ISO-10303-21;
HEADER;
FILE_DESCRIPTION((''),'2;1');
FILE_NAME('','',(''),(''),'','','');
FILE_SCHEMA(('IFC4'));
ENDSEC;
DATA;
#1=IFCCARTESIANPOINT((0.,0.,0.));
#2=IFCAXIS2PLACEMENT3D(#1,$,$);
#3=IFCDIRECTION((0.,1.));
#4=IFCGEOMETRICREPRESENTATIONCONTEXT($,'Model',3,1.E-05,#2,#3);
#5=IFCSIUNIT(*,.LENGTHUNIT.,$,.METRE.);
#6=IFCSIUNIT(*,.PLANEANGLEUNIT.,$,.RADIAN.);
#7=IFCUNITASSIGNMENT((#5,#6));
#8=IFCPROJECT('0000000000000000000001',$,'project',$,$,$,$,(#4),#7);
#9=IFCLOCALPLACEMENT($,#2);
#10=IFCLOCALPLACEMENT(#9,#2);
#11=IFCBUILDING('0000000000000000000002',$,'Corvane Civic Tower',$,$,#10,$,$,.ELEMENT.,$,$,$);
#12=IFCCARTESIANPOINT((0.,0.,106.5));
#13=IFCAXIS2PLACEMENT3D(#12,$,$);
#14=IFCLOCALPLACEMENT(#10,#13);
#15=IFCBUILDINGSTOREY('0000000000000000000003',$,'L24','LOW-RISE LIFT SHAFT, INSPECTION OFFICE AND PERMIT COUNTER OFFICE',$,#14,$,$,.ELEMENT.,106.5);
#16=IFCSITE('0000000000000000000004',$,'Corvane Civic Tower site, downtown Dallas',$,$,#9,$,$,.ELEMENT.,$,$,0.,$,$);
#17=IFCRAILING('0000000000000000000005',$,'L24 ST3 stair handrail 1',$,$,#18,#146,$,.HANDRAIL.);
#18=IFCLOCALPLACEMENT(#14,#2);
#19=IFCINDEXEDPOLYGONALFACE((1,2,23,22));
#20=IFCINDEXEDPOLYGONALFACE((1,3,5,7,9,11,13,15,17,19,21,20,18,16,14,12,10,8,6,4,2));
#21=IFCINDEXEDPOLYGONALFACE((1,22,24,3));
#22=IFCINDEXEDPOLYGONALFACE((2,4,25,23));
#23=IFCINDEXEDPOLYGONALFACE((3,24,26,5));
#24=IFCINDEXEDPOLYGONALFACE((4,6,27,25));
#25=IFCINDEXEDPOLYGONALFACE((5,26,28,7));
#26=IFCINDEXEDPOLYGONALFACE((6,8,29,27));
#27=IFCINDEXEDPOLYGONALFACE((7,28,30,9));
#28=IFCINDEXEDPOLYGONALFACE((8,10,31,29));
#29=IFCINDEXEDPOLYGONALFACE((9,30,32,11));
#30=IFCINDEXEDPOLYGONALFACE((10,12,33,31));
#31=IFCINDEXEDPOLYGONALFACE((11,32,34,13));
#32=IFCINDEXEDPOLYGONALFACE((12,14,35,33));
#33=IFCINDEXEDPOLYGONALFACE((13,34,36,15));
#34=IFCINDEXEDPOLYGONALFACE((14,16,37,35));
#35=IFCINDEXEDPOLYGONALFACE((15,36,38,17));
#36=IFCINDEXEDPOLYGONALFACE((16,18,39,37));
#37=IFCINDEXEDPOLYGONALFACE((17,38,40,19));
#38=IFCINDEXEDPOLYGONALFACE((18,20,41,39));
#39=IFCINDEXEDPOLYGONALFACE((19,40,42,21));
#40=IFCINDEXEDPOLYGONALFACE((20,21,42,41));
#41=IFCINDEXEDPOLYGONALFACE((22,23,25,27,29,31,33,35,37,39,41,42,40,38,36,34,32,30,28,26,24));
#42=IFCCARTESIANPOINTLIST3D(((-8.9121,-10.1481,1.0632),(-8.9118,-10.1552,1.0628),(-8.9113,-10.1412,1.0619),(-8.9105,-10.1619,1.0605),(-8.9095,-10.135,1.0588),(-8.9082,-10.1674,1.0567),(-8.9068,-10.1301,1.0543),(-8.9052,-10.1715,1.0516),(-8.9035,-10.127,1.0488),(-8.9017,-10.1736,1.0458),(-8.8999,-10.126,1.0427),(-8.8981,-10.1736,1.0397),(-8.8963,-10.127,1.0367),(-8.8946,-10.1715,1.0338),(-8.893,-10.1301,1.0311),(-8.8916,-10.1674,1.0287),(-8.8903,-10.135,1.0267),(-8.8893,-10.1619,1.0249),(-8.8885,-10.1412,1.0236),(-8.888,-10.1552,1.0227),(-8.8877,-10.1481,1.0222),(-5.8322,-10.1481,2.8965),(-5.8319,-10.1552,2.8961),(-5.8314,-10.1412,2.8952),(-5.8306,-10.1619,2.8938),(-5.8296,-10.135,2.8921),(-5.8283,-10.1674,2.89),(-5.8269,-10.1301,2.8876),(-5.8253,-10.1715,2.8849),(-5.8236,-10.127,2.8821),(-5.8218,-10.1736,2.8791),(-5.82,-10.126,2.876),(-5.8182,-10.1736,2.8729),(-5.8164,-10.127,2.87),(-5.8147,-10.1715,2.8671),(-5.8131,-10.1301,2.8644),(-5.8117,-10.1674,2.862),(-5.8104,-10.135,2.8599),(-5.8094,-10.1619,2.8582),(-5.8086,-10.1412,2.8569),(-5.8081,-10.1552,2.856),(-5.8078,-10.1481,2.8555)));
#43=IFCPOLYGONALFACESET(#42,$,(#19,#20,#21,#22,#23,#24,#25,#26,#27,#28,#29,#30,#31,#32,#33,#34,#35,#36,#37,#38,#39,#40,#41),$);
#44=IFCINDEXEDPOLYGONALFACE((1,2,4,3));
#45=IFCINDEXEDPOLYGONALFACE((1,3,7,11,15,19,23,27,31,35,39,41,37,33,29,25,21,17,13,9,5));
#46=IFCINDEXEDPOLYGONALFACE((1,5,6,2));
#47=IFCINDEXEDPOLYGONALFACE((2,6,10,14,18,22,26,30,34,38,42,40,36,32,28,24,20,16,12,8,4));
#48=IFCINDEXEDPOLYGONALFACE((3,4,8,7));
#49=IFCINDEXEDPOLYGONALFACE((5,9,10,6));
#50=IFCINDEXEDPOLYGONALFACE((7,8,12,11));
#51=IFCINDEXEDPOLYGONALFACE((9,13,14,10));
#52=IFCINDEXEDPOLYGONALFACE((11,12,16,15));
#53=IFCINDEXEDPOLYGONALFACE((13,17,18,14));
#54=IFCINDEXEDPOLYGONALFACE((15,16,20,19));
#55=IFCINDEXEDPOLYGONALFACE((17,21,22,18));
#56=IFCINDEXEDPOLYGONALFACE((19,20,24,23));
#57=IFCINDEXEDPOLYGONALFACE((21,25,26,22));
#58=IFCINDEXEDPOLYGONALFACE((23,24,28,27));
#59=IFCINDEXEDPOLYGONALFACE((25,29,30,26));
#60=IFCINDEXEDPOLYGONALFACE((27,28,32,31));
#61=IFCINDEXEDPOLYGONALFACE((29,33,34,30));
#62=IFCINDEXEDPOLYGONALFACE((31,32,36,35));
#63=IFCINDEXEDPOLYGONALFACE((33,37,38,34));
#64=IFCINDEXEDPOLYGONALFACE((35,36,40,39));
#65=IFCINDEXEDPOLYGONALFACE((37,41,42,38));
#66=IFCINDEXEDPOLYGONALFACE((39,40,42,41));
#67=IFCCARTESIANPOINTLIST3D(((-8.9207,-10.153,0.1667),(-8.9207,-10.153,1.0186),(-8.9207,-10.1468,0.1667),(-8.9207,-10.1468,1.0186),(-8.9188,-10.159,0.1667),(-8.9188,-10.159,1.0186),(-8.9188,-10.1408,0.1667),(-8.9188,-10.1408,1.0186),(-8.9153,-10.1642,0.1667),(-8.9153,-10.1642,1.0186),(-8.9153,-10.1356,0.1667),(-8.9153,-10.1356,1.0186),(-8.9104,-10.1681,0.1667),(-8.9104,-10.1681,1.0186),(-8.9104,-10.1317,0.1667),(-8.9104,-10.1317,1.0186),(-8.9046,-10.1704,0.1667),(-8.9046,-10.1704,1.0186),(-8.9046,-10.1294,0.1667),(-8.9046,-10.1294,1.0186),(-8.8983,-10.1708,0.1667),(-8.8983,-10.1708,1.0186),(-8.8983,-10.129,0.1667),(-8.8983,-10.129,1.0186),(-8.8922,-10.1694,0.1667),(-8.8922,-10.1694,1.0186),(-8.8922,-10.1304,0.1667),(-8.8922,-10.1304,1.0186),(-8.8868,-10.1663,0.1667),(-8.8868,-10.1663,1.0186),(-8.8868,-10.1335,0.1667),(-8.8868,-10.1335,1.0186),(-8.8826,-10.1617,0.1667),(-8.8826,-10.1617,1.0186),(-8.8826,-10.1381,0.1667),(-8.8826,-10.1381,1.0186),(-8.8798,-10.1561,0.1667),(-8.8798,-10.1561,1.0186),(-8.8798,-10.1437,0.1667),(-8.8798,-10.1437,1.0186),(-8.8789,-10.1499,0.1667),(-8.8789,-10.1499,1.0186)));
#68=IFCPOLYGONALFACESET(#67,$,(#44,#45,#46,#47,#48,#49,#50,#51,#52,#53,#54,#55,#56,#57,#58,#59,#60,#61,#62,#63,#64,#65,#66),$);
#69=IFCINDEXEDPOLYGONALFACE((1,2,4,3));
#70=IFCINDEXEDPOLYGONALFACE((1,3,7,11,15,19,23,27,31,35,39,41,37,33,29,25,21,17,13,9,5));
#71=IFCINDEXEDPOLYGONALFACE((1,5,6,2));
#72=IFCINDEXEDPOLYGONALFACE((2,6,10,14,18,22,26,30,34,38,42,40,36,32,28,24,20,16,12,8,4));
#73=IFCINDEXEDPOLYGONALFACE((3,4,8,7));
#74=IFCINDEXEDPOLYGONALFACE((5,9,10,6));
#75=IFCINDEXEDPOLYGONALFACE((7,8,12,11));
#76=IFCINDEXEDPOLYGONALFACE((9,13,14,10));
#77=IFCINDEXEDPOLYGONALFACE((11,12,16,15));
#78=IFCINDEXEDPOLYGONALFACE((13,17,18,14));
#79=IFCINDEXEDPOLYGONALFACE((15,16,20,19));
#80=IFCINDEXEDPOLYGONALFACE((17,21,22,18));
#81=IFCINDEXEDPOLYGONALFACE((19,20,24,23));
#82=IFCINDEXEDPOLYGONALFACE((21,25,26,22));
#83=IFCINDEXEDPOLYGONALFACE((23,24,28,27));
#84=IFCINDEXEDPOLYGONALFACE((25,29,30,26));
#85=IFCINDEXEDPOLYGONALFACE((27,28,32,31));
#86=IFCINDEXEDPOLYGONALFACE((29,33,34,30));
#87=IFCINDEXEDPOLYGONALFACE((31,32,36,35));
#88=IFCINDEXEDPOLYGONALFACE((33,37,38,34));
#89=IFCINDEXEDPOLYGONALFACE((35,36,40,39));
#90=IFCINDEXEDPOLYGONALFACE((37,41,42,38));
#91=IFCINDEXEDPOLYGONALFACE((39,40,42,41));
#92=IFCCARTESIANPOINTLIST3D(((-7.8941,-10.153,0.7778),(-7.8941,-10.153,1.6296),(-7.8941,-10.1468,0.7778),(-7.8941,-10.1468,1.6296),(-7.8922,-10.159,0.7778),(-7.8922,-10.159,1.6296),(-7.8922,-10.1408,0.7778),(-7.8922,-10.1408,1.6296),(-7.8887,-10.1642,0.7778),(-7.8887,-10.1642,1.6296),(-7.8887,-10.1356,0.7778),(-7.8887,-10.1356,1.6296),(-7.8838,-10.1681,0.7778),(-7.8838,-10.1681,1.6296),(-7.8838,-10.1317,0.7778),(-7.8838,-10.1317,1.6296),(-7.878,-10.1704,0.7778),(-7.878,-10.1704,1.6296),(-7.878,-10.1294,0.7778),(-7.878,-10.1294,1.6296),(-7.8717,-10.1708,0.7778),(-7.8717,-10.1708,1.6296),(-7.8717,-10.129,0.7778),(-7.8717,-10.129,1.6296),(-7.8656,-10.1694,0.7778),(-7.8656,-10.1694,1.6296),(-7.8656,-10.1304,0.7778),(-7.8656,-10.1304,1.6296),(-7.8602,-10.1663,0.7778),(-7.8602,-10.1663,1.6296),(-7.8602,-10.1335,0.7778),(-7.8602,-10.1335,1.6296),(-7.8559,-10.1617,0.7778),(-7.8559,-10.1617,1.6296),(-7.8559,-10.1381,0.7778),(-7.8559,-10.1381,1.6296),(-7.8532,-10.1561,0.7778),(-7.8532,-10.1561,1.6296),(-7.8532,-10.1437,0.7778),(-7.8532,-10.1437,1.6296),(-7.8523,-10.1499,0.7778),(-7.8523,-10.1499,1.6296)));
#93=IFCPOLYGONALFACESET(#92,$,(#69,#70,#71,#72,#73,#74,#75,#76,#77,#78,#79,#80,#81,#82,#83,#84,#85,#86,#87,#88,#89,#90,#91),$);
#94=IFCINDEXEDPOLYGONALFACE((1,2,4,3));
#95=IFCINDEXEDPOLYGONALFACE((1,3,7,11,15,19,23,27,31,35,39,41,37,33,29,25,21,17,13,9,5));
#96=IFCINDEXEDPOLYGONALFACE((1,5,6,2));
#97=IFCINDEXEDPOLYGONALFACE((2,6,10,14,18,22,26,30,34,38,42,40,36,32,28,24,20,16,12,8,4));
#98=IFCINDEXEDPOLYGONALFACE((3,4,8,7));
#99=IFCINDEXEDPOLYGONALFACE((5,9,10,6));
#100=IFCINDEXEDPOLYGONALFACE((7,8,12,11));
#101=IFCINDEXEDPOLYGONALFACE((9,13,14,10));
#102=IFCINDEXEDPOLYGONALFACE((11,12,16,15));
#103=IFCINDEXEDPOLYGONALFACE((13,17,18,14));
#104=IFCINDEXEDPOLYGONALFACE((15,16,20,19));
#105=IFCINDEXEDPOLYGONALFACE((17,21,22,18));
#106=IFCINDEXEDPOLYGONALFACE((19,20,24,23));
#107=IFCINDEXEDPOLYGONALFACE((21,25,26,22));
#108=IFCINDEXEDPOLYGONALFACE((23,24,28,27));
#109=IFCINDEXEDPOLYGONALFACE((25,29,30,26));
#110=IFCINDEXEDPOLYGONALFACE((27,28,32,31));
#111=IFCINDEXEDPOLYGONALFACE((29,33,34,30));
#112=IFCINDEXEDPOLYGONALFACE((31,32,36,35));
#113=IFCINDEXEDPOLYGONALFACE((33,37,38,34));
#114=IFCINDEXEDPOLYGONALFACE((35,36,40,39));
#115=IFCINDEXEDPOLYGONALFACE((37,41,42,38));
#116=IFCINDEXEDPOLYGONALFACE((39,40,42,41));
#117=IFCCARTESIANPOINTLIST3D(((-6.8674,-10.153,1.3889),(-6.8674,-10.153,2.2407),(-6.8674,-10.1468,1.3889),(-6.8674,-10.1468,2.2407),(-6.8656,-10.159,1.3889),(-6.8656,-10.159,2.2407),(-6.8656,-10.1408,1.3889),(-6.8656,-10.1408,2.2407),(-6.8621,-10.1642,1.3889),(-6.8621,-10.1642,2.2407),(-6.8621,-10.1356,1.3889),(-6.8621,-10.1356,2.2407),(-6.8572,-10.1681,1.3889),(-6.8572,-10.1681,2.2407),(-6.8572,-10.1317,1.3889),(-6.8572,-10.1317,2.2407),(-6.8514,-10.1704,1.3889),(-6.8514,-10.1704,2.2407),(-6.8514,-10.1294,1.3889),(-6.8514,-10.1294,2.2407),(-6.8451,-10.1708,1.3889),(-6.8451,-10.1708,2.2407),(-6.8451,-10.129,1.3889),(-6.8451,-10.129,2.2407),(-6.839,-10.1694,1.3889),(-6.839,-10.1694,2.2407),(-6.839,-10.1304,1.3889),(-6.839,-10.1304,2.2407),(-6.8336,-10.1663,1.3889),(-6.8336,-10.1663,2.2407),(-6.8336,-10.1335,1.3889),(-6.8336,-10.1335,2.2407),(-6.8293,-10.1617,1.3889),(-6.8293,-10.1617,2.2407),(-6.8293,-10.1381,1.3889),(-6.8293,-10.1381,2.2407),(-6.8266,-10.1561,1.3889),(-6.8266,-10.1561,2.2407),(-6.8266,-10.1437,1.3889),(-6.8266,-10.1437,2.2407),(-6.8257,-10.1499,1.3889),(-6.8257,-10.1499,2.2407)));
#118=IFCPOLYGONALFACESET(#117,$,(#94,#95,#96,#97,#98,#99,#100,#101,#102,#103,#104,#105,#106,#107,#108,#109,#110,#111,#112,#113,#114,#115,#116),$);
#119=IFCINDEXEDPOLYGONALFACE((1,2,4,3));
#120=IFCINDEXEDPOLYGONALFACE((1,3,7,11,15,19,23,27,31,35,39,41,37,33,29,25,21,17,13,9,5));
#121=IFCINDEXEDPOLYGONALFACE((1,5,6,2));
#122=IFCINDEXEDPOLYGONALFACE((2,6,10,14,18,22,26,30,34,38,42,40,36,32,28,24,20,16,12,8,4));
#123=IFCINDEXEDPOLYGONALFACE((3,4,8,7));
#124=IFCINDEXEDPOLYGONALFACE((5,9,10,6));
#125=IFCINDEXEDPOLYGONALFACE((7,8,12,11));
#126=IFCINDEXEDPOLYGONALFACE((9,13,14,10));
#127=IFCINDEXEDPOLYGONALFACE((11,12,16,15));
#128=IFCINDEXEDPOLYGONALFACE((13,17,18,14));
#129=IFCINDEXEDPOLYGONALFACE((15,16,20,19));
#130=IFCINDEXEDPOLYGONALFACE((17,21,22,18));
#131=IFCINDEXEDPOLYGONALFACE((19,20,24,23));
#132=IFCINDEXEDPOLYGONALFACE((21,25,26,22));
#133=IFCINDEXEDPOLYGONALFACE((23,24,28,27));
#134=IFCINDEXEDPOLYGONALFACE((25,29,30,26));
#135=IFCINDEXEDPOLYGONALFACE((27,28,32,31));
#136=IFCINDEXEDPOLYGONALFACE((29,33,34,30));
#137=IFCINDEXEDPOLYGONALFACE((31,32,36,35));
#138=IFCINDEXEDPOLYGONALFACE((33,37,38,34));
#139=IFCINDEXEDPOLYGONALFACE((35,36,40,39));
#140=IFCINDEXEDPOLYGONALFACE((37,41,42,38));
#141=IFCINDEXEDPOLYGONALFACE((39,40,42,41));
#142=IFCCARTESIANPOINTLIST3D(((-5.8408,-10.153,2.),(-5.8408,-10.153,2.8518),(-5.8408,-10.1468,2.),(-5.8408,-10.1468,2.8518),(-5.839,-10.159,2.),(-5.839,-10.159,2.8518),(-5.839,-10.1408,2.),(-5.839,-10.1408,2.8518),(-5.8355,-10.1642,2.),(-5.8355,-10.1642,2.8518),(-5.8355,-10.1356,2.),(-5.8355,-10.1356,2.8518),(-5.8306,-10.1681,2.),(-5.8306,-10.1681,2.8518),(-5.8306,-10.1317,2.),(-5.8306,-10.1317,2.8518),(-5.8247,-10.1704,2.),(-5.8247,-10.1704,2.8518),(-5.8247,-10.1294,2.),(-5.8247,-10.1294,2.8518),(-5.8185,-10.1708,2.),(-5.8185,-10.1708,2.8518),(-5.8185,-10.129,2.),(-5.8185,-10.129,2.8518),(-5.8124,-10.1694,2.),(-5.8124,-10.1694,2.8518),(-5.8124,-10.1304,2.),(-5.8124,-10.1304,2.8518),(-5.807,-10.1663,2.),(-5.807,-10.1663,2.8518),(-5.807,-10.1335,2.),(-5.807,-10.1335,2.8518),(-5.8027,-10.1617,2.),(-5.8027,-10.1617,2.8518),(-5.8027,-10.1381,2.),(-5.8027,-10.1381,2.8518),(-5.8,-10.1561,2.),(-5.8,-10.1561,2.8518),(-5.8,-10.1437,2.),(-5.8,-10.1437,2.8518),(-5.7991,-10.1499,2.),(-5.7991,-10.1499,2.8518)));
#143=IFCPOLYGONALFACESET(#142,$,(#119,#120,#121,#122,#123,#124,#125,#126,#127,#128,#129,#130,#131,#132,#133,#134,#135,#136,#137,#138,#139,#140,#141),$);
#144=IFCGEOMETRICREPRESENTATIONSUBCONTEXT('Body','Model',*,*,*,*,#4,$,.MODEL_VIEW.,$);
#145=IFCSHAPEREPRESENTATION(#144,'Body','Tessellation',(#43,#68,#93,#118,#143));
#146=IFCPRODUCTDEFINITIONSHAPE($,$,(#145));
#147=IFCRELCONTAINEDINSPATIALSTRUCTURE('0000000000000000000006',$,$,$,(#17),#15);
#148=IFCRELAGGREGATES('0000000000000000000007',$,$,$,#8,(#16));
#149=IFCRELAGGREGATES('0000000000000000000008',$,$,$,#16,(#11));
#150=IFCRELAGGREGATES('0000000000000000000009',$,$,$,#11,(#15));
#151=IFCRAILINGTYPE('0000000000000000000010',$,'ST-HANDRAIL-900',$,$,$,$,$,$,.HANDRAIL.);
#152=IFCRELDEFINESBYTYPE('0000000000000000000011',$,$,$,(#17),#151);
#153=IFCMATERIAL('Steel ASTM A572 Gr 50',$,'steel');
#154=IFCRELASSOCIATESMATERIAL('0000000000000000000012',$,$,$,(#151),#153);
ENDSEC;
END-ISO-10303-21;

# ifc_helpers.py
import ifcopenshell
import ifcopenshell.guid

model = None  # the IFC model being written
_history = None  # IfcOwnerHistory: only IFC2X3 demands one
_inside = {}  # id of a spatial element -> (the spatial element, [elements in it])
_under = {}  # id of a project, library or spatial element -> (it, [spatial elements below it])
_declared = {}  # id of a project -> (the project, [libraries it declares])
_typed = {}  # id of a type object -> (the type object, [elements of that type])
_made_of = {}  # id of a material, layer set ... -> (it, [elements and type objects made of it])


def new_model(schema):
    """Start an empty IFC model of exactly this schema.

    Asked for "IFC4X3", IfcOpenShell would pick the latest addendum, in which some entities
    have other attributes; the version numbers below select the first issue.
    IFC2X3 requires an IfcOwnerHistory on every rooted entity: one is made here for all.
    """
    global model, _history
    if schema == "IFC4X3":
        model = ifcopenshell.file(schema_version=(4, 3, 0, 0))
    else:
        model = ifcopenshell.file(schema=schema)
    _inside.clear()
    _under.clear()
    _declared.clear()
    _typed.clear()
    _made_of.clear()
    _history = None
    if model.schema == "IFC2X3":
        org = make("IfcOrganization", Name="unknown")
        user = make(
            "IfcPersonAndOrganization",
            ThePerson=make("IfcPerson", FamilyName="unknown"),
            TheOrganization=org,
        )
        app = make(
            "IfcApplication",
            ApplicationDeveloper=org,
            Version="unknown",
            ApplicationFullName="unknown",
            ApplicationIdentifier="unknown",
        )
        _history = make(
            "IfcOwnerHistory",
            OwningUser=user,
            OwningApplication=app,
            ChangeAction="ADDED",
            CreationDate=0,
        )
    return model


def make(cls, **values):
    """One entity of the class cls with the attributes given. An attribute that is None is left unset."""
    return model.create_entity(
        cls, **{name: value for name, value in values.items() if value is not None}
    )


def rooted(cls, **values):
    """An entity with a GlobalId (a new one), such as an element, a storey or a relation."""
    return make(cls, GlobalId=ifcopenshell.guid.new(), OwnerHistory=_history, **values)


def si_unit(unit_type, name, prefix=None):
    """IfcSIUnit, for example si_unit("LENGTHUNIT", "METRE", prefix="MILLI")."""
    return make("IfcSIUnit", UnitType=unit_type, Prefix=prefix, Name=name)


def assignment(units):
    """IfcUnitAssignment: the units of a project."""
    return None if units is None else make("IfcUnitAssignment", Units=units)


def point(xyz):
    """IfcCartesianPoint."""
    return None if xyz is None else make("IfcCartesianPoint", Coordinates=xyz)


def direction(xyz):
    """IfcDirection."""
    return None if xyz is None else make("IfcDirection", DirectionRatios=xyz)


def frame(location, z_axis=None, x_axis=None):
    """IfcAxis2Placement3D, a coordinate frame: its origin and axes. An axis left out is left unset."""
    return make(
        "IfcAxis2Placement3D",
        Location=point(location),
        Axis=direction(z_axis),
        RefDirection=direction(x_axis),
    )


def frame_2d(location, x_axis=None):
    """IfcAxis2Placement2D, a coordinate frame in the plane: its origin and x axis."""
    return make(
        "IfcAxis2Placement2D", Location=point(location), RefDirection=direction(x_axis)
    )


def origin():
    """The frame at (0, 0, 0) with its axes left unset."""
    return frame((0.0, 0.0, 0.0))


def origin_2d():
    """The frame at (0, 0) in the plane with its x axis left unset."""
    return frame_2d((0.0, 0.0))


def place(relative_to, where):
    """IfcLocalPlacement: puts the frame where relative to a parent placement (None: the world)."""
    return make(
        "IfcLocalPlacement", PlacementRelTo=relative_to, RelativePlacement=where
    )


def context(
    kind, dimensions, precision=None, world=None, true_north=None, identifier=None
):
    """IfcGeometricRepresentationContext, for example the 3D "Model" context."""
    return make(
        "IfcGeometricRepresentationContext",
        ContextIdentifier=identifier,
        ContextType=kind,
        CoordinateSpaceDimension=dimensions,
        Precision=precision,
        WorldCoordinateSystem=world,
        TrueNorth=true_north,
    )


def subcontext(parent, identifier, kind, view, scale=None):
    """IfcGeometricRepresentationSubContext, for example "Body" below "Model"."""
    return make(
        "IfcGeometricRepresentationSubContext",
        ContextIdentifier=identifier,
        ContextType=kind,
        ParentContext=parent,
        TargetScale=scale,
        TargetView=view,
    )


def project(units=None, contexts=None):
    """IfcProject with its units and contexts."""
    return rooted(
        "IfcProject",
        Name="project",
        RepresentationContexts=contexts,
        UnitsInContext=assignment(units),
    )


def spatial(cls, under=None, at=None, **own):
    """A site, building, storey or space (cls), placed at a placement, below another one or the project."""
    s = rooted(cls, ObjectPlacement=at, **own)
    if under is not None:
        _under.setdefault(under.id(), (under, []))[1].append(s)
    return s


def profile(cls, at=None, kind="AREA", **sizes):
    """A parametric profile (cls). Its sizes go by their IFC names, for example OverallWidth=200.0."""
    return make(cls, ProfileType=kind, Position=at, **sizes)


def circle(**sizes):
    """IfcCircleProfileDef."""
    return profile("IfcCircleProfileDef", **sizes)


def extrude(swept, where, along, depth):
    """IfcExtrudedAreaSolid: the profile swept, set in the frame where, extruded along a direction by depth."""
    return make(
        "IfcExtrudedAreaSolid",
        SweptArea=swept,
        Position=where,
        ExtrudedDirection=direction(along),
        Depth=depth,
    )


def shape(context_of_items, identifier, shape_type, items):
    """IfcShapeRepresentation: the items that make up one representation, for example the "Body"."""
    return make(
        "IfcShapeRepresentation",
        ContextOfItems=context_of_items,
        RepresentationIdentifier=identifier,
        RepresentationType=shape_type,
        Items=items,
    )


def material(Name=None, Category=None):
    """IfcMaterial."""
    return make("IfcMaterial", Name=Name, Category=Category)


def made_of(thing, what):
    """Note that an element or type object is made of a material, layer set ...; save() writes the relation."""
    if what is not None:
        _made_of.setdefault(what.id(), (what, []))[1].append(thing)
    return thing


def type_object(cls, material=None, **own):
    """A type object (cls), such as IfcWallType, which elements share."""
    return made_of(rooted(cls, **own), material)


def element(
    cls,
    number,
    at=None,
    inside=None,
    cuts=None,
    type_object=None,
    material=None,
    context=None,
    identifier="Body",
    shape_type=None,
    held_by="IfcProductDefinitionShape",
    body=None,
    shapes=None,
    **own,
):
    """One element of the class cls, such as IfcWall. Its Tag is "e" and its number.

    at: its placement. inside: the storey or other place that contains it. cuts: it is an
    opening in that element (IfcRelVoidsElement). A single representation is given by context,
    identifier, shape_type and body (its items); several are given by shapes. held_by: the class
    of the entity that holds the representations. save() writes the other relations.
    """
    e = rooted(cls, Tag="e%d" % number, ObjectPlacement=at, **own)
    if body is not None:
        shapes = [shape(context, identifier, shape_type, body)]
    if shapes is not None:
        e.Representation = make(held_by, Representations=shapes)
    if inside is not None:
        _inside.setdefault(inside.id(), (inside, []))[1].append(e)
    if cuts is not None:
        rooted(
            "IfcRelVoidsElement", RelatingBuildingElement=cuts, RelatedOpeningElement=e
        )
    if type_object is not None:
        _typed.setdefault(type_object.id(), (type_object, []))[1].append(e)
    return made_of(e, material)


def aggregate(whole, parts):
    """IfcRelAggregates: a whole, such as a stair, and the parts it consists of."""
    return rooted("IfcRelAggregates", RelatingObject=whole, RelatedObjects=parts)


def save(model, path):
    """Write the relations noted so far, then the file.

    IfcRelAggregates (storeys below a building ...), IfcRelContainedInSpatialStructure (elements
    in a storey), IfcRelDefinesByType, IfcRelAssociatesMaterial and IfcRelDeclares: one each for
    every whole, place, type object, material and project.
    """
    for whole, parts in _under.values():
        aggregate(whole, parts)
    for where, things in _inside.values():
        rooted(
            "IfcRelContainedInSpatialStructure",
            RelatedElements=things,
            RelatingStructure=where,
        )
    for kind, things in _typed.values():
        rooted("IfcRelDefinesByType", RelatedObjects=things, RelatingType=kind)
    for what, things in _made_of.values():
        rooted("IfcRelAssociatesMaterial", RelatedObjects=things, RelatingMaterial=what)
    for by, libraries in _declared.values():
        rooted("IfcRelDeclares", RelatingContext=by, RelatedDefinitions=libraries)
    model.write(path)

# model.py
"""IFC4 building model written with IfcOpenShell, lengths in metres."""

from ifc_helpers import new_model, si_unit, direction, frame, origin, origin_2d, place, context, subcontext, project, spatial, circle, extrude, material, type_object, element, save


model = new_model("IFC4")

# Units and contexts
model_context = context("Model", 3, precision=1e-05, world=origin(), true_north=direction((0.0, 1.0)))
body_context = subcontext(model_context, "Body", "Model", "MODEL_VIEW")
ifc_project = project(units=[si_unit("LENGTHUNIT", "METRE"), si_unit("PLANEANGLEUNIT", "RADIAN")], contexts=[model_context])

# Site, building, storey
site_placement = place(None, origin())
site = spatial("IfcSite", under=ifc_project, at=site_placement, Name="Corvane Civic Tower site, downtown Dallas", CompositionType="ELEMENT", RefElevation=0.0)
building_placement = place(site_placement, origin())
building = spatial("IfcBuilding", under=site, at=building_placement, Name="Corvane Civic Tower", CompositionType="ELEMENT")
storey_placement = place(building_placement, frame((0.0, 0.0, 106.5)))
storey = spatial("IfcBuildingStorey", under=building, at=storey_placement, Name="L24", Description="LOW-RISE LIFT SHAFT, INSPECTION OFFICE AND PERMIT COUNTER OFFICE", CompositionType="ELEMENT", Elevation=106.5)

# Railing
ifc_material_1 = material(Name="Steel ASTM A572 Gr 50", Category="steel")
railing_type_1 = type_object("IfcRailingType", Name="ST-HANDRAIL-900", PredefinedType="HANDRAIL", material=ifc_material_1)
railing_1_placement = place(storey_placement, frame((-8.8999, -10.1499, 0.1667)))
element("IfcRailing", 1, at=railing_1_placement, inside=storey, type_object=railing_type_1, Name="L24 ST3 stair handrail 1", PredefinedType="HANDRAIL", context=body_context, shape_type="SweptSolid", body=[
    extrude(circle(Radius=0.0239, at=origin_2d()), frame((0.0, 0.0, 0.876), z_axis=(0.859291, 0.0, 0.511487), x_axis=(0.0, 1.0, 0.0)), (0.0, 0.0, 1.0), 3.5842),
    extrude(circle(Radius=0.021, at=origin_2d()), origin(), (0.0, 0.0, 1.0), 0.8518),
    extrude(circle(Radius=0.021, at=origin_2d()), frame((1.0266, 0.0, 0.6111)), (0.0, 0.0, 1.0), 0.8518),
    extrude(circle(Radius=0.021, at=origin_2d()), frame((2.0532, 0.0, 1.2222)), (0.0, 0.0, 1.0), 0.8518),
    extrude(circle(Radius=0.021, at=origin_2d()), frame((3.0798, 0.0, 1.8333)), (0.0, 0.0, 1.0), 0.8518),
])

save(model, "model.ifc")
